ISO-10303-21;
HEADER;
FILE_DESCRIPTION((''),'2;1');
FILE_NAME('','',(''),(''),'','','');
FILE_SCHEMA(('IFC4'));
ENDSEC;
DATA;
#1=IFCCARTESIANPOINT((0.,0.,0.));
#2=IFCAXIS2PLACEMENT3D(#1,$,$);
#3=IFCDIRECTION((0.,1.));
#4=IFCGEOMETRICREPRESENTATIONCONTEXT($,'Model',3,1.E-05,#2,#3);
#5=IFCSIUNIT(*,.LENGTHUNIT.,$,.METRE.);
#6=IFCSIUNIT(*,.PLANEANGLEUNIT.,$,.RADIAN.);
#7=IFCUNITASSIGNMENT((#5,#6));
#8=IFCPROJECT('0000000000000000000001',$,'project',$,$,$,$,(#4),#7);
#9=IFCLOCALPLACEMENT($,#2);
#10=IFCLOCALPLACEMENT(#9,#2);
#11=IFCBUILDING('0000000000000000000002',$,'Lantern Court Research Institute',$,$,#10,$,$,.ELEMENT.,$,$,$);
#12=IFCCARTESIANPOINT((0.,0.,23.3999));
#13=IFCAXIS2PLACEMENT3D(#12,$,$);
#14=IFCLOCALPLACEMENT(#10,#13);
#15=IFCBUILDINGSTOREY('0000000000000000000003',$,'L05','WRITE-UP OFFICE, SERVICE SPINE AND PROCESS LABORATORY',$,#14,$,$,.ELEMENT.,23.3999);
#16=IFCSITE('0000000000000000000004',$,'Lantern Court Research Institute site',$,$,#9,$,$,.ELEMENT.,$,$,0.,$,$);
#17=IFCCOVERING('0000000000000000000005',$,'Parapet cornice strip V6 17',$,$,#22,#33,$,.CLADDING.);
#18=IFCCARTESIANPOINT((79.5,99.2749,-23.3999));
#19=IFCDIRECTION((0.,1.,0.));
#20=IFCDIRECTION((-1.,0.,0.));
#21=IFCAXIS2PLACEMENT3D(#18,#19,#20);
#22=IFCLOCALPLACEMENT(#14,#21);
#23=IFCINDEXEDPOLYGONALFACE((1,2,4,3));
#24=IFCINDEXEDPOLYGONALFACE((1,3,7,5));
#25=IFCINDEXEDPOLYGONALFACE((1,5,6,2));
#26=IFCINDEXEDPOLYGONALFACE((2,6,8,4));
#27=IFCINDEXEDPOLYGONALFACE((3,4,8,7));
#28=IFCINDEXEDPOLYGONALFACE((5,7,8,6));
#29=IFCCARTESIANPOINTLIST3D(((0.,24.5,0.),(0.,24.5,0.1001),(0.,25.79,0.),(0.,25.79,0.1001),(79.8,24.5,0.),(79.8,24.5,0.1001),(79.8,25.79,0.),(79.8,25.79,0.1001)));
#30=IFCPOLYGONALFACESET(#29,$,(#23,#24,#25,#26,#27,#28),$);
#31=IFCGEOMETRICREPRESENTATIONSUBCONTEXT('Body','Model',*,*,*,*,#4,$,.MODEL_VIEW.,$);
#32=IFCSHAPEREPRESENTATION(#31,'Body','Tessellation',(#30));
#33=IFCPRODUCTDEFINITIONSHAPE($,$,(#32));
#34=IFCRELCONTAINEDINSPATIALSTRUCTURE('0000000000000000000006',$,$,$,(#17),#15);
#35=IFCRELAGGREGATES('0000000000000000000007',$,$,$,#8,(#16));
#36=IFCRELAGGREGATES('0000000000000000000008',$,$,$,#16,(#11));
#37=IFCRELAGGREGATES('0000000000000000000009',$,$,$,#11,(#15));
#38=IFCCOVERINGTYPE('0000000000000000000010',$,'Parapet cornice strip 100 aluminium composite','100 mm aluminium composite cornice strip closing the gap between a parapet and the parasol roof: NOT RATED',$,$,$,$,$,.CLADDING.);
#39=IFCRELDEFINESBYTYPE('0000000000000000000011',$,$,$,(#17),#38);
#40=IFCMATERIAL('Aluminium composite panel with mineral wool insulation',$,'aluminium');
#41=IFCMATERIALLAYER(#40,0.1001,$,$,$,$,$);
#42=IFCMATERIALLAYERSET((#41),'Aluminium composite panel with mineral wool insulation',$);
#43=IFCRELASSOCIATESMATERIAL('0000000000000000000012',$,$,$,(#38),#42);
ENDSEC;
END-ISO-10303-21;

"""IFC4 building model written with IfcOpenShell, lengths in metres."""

from ifc_helpers import new_model, si_unit, direction, frame, origin, place, context, subcontext, project, spatial, polyline, outline, extrude, material, layer, layer_set, type_object, element, save


model = new_model("IFC4")

# Units and contexts
model_context = context("Model", 3, precision=1e-05, world=origin(), true_north=direction((0.0, 1.0)))
body_context = subcontext(model_context, "Body", "Model", "MODEL_VIEW")
ifc_project = project(units=[si_unit("LENGTHUNIT", "METRE"), si_unit("PLANEANGLEUNIT", "RADIAN")], contexts=[model_context])

# Site, building, storey
site_placement = place(None, origin())
site = spatial("IfcSite", under=ifc_project, at=site_placement, Name="Lantern Court Research Institute site", CompositionType="ELEMENT", RefElevation=0.0)
building_placement = place(site_placement, origin())
building = spatial("IfcBuilding", under=site, at=building_placement, Name="Lantern Court Research Institute", CompositionType="ELEMENT")
storey_placement = place(building_placement, frame((0.0, 0.0, 23.3999)))
storey = spatial("IfcBuildingStorey", under=building, at=storey_placement, Name="L05", Description="WRITE-UP OFFICE, SERVICE SPINE AND PROCESS LABORATORY", CompositionType="ELEMENT", Elevation=23.3999)

# Covering
ifc_material_1 = material(Name="Aluminium composite panel with mineral wool insulation", Category="aluminium")
ifc_layer_1 = layer(ifc_material_1, 0.1001)
ifc_layer_set_1 = layer_set([ifc_layer_1], Name="Aluminium composite panel with mineral wool insulation")
covering_type_1 = type_object("IfcCoveringType", Name="Parapet cornice strip 100 aluminium composite", Description="100 mm aluminium composite cornice strip closing the gap between a parapet and the parasol roof: NOT RATED", PredefinedType="CLADDING", material=ifc_layer_set_1)
covering_1_placement = place(storey_placement, frame((79.5, 99.2749, -23.3999), z_axis=(0.0, 1.0, 0.0), x_axis=(-1.0, 0.0, 0.0)))
element("IfcCovering", 1, at=covering_1_placement, inside=storey, type_object=covering_type_1, Name="Parapet cornice strip V6 17", PredefinedType="CLADDING", context=body_context, shape_type="SweptSolid", body=[
    extrude(outline(polyline([(0.0, 24.5), (79.8, 24.5), (79.8, 25.79), (0.0, 25.79), (0.0, 24.5)])), origin(), (0.0, 0.0, 1.0), 0.1001),
])

save(model, "model.ifc")
